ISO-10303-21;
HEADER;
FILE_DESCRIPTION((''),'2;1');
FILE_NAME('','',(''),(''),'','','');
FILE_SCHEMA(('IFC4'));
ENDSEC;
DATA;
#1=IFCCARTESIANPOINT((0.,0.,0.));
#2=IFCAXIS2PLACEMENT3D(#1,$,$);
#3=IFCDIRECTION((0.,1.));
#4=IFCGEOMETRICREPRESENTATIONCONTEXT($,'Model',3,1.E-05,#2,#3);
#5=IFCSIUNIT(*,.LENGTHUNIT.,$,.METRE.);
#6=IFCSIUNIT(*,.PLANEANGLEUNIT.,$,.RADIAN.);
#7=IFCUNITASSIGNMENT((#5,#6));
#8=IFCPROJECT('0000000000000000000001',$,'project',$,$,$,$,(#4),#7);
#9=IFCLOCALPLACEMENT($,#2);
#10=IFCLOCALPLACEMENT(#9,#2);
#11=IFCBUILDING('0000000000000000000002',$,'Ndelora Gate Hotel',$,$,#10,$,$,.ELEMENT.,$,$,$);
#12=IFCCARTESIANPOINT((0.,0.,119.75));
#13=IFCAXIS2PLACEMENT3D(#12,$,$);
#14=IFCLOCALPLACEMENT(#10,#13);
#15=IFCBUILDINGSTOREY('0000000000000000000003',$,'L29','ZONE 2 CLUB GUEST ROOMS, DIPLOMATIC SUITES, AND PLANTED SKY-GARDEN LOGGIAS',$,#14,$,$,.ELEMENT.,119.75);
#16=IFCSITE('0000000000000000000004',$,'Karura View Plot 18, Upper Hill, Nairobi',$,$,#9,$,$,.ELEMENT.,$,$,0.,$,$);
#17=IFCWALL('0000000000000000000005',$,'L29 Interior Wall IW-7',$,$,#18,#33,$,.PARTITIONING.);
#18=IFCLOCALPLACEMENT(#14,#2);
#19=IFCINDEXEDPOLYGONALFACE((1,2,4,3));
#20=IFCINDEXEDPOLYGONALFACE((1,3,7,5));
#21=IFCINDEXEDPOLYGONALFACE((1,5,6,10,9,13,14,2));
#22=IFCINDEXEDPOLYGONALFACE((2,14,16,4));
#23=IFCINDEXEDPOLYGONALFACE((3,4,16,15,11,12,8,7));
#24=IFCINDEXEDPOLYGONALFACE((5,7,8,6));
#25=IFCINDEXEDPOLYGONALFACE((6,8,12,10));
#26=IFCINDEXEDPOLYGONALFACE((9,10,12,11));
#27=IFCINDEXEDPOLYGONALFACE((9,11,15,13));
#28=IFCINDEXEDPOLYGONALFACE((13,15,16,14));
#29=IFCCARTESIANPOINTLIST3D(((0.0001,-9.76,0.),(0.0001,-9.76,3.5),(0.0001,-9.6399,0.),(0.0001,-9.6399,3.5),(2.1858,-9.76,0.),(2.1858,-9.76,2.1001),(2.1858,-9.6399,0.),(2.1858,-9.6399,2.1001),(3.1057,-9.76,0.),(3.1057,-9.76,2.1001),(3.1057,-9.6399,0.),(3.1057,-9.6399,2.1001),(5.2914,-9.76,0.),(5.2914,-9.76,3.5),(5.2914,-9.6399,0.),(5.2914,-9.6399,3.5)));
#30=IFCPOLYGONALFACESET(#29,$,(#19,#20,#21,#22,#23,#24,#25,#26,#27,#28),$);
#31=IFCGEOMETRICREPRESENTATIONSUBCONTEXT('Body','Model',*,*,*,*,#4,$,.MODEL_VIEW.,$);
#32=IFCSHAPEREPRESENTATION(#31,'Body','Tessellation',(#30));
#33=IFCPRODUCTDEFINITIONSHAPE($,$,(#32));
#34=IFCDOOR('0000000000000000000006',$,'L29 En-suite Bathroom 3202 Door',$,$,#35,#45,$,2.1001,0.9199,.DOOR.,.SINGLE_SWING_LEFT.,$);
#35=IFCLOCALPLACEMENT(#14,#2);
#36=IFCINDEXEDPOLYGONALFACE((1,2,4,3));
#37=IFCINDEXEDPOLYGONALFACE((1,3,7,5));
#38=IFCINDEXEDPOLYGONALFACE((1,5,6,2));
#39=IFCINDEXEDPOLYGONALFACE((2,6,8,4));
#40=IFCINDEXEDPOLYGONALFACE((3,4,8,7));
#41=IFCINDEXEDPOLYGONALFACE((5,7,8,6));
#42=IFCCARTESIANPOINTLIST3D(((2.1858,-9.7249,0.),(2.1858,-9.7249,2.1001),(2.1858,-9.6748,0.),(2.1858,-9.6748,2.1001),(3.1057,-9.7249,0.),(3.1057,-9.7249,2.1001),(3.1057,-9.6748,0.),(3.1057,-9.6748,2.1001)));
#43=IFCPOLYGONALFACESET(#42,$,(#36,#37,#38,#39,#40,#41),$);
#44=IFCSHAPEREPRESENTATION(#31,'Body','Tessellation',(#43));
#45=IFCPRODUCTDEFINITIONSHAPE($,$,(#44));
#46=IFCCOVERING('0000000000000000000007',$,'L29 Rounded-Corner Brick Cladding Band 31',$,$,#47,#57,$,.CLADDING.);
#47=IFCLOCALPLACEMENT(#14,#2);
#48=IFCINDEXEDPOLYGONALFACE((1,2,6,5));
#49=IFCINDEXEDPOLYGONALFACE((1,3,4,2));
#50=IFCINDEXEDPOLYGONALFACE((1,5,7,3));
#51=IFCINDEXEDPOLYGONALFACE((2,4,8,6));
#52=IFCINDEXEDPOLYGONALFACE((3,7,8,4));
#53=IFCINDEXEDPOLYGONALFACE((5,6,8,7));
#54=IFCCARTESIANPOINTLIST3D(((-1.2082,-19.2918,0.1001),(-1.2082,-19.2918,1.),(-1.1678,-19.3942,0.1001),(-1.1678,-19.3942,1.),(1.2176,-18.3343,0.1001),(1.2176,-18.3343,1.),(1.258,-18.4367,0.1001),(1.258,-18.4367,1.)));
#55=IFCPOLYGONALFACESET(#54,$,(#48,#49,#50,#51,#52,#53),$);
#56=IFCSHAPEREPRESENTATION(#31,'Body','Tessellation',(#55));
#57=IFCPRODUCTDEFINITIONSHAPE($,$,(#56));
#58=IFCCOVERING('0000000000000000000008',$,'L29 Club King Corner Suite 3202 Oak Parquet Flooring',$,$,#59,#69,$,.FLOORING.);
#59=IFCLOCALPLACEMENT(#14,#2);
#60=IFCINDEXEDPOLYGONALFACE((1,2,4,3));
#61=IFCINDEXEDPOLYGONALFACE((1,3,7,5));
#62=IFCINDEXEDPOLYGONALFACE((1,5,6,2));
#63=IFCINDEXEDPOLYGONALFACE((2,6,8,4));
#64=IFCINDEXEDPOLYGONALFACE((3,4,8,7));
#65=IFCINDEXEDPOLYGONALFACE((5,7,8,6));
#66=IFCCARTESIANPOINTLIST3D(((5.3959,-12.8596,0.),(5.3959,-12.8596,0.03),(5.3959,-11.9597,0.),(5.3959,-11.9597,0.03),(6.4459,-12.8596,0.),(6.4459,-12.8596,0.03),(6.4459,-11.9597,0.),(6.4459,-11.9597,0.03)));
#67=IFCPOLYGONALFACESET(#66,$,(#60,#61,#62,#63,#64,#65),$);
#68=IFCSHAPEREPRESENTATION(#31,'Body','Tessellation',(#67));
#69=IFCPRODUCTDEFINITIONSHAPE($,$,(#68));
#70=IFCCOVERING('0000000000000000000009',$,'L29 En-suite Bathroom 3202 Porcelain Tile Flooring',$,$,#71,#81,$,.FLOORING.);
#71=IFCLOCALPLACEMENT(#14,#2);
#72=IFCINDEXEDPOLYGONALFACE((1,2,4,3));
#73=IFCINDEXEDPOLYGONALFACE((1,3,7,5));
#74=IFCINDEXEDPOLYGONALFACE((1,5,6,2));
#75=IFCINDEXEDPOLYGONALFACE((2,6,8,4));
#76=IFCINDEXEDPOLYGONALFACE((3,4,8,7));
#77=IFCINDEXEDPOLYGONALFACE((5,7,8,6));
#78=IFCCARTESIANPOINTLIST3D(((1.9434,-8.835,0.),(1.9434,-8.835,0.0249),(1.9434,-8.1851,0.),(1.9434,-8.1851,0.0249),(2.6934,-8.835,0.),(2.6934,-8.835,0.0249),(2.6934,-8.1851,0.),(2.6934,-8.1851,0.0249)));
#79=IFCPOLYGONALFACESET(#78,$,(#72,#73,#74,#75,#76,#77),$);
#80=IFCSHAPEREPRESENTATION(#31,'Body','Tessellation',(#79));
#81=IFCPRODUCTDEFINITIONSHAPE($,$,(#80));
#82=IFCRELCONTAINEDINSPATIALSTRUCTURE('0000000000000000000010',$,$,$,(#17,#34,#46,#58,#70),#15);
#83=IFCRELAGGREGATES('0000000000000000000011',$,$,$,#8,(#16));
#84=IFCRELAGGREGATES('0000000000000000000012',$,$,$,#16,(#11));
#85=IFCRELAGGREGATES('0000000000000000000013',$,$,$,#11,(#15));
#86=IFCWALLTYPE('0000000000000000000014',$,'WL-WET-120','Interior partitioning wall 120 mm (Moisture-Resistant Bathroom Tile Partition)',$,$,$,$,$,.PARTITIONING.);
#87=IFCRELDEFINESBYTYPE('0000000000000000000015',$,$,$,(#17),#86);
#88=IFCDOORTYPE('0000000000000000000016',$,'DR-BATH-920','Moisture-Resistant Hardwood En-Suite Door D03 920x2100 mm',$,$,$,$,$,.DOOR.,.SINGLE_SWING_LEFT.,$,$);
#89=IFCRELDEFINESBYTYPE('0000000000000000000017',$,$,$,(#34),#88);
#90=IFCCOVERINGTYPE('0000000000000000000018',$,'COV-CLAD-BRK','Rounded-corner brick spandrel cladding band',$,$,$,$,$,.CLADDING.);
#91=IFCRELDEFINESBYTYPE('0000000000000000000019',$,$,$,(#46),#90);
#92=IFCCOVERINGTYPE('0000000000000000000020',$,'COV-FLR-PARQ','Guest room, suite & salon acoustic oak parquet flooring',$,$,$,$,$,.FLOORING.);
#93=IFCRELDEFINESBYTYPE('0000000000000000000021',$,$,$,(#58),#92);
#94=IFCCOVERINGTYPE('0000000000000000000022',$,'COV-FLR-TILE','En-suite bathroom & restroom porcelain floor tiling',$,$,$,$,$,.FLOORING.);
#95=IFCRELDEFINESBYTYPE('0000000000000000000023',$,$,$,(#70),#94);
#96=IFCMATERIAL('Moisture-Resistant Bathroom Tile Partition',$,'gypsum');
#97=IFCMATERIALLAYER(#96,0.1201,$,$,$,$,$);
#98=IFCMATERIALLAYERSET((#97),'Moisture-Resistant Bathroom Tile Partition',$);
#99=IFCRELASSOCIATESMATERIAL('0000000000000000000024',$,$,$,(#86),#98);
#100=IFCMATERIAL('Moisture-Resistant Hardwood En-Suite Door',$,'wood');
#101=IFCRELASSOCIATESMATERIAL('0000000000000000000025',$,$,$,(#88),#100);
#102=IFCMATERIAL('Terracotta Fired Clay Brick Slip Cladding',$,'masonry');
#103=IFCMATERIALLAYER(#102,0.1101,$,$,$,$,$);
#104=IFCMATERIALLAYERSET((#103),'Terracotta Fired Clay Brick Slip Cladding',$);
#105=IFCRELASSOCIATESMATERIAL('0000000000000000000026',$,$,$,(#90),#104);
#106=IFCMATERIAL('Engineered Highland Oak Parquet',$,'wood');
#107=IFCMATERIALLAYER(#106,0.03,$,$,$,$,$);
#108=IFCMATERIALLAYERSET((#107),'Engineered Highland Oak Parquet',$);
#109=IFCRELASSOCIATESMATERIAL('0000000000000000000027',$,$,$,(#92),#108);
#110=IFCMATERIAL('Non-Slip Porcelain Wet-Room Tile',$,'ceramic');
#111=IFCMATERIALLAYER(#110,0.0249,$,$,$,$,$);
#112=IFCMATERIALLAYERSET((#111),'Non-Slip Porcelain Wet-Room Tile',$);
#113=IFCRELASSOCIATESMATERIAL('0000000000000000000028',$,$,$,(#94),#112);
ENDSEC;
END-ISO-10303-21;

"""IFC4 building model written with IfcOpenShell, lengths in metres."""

from ifc_helpers import new_model, si_unit, direction, frame, frame_2d, origin, origin_2d, place, context, subcontext, project, spatial, rectangle, extrude, material, layer, layer_set, type_object, element, fill, save


model = new_model("IFC4")

# Units and contexts
model_context = context("Model", 3, precision=1e-05, world=origin(), true_north=direction((0.0, 1.0)))
body_context = subcontext(model_context, "Body", "Model", "MODEL_VIEW")
ifc_project = project(units=[si_unit("LENGTHUNIT", "METRE"), si_unit("PLANEANGLEUNIT", "RADIAN")], contexts=[model_context])

# Site, building, storey
site_placement = place(None, origin())
site = spatial("IfcSite", under=ifc_project, at=site_placement, Name="Karura View Plot 18, Upper Hill, Nairobi", CompositionType="ELEMENT", RefElevation=0.0)
building_placement = place(site_placement, origin())
building = spatial("IfcBuilding", under=site, at=building_placement, Name="Ndelora Gate Hotel", CompositionType="ELEMENT")
storey_placement = place(building_placement, frame((0.0, 0.0, 119.75)))
storey = spatial("IfcBuildingStorey", under=building, at=storey_placement, Name="L29", Description="ZONE 2 CLUB GUEST ROOMS, DIPLOMATIC SUITES, AND PLANTED SKY-GARDEN LOGGIAS", CompositionType="ELEMENT", Elevation=119.75)

# Shared definitions
ifc_material_1 = material(Name="Moisture-Resistant Bathroom Tile Partition", Category="gypsum")
ifc_layer_1 = layer(ifc_material_1, 0.1201)
ifc_layer_set_1 = layer_set([ifc_layer_1], Name="Moisture-Resistant Bathroom Tile Partition")
wall_type_1 = type_object("IfcWallType", Name="WL-WET-120", Description="Interior partitioning wall 120 mm (Moisture-Resistant Bathroom Tile Partition)", PredefinedType="PARTITIONING", material=ifc_layer_set_1)
ifc_material_2 = material(Name="Moisture-Resistant Hardwood En-Suite Door", Category="wood")
door_type_1 = type_object("IfcDoorType", Name="DR-BATH-920", Description="Moisture-Resistant Hardwood En-Suite Door D03 920x2100 mm", OperationType="SINGLE_SWING_LEFT", PredefinedType="DOOR", material=ifc_material_2)

# Wall, opening, door
wall_1_placement = place(storey_placement, frame((5.2913, -9.7, 0.0), z_axis=(0.0, 0.0, 1.0), x_axis=(-1.0, 0.0, 0.0)))
wall_1 = element("IfcWall", 1, at=wall_1_placement, inside=storey, type_object=wall_type_1, Name="L29 Interior Wall IW-7", PredefinedType="PARTITIONING", context=body_context, shape_type="SweptSolid", body=[
    extrude(rectangle(XDim=5.2913, YDim=0.1201, at=frame_2d((2.6455, 0.0))), origin(), (0.0, 0.0, 1.0), 3.5),
])
opening_1_placement = place(wall_1_placement, frame((2.1855, 0.0, 0.0)))
opening_1 = element("IfcOpeningElement", 2, at=opening_1_placement, cuts=wall_1, PredefinedType="OPENING", context=body_context, shape_type="SweptSolid", body=[
    extrude(rectangle(XDim=0.9199, YDim=2.1001, at=frame_2d((0.46, 1.05))), frame((0.0, 0.0701, 0.0), z_axis=(0.0, -1.0, 0.0), x_axis=(1.0, 0.0, 0.0)), (0.0, 0.0, 1.0), 0.1401),
])
door_1_placement = place(opening_1_placement, origin())
door_1 = element("IfcDoor", 3, at=door_1_placement, inside=storey, type_object=door_type_1, Name="L29 En-suite Bathroom 3202 Door", OperationType="SINGLE_SWING_LEFT", OverallHeight=2.1001, OverallWidth=0.9199, PredefinedType="DOOR", context=body_context, shape_type="SweptSolid", body=[
    extrude(rectangle(XDim=0.9199, YDim=2.1001, at=frame_2d((0.46, 1.05))), frame((0.0, 0.0249, 0.0), z_axis=(0.0, -1.0, 0.0), x_axis=(1.0, 0.0, 0.0)), (0.0, 0.0, 1.0), 0.05),
])
fill(opening_1, door_1)

# Coverings
ifc_material_3 = material(Name="Terracotta Fired Clay Brick Slip Cladding", Category="masonry")
ifc_layer_2 = layer(ifc_material_3, 0.1101)
ifc_layer_set_2 = layer_set([ifc_layer_2], Name="Terracotta Fired Clay Brick Slip Cladding")
covering_type_1 = type_object("IfcCoveringType", Name="COV-CLAD-BRK", Description="Rounded-corner brick spandrel cladding band", PredefinedType="CLADDING", material=ifc_layer_set_2)
covering_1_placement = place(storey_placement, frame((0.0249, -18.8643, 0.1001), z_axis=(0.0, 0.0, 1.0), x_axis=(0.930161, 0.367151, 0.0)))
element("IfcCovering", 4, at=covering_1_placement, inside=storey, type_object=covering_type_1, Name="L29 Rounded-Corner Brick Cladding Band 31", PredefinedType="CLADDING", context=body_context, shape_type="SweptSolid", body=[
    extrude(rectangle(XDim=2.6079, YDim=0.1101, at=origin_2d()), origin(), (0.0, 0.0, 1.0), 0.8999),
])
ifc_material_4 = material(Name="Engineered Highland Oak Parquet", Category="wood")
ifc_layer_3 = layer(ifc_material_4, 0.03)
ifc_layer_set_3 = layer_set([ifc_layer_3], Name="Engineered Highland Oak Parquet")
covering_type_2 = type_object("IfcCoveringType", Name="COV-FLR-PARQ", Description="Guest room, suite & salon acoustic oak parquet flooring", PredefinedType="FLOORING", material=ifc_layer_set_3)
covering_2_placement = place(storey_placement, frame((5.9209, -12.4097, 0.0), z_axis=(0.0, 0.0, 1.0), x_axis=(1.0, 0.0, 0.0)))
element("IfcCovering", 5, at=covering_2_placement, inside=storey, type_object=covering_type_2, Name="L29 Club King Corner Suite 3202 Oak Parquet Flooring", PredefinedType="FLOORING", context=body_context, shape_type="SweptSolid", body=[
    extrude(rectangle(XDim=1.05, YDim=0.8999, at=origin_2d()), origin(), (0.0, 0.0, 1.0), 0.03),
])
ifc_material_5 = material(Name="Non-Slip Porcelain Wet-Room Tile", Category="ceramic")
ifc_layer_4 = layer(ifc_material_5, 0.0249)
ifc_layer_set_4 = layer_set([ifc_layer_4], Name="Non-Slip Porcelain Wet-Room Tile")
covering_type_3 = type_object("IfcCoveringType", Name="COV-FLR-TILE", Description="En-suite bathroom & restroom porcelain floor tiling", PredefinedType="FLOORING", material=ifc_layer_set_4)
covering_3_placement = place(storey_placement, frame((2.3184, -8.51, 0.0), z_axis=(0.0, 0.0, 1.0), x_axis=(1.0, 0.0, 0.0)))
element("IfcCovering", 6, at=covering_3_placement, inside=storey, type_object=covering_type_3, Name="L29 En-suite Bathroom 3202 Porcelain Tile Flooring", PredefinedType="FLOORING", context=body_context, shape_type="SweptSolid", body=[
    extrude(rectangle(XDim=0.75, YDim=0.6499, at=origin_2d()), origin(), (0.0, 0.0, 1.0), 0.0249),
])

save(model, "model.ifc")
